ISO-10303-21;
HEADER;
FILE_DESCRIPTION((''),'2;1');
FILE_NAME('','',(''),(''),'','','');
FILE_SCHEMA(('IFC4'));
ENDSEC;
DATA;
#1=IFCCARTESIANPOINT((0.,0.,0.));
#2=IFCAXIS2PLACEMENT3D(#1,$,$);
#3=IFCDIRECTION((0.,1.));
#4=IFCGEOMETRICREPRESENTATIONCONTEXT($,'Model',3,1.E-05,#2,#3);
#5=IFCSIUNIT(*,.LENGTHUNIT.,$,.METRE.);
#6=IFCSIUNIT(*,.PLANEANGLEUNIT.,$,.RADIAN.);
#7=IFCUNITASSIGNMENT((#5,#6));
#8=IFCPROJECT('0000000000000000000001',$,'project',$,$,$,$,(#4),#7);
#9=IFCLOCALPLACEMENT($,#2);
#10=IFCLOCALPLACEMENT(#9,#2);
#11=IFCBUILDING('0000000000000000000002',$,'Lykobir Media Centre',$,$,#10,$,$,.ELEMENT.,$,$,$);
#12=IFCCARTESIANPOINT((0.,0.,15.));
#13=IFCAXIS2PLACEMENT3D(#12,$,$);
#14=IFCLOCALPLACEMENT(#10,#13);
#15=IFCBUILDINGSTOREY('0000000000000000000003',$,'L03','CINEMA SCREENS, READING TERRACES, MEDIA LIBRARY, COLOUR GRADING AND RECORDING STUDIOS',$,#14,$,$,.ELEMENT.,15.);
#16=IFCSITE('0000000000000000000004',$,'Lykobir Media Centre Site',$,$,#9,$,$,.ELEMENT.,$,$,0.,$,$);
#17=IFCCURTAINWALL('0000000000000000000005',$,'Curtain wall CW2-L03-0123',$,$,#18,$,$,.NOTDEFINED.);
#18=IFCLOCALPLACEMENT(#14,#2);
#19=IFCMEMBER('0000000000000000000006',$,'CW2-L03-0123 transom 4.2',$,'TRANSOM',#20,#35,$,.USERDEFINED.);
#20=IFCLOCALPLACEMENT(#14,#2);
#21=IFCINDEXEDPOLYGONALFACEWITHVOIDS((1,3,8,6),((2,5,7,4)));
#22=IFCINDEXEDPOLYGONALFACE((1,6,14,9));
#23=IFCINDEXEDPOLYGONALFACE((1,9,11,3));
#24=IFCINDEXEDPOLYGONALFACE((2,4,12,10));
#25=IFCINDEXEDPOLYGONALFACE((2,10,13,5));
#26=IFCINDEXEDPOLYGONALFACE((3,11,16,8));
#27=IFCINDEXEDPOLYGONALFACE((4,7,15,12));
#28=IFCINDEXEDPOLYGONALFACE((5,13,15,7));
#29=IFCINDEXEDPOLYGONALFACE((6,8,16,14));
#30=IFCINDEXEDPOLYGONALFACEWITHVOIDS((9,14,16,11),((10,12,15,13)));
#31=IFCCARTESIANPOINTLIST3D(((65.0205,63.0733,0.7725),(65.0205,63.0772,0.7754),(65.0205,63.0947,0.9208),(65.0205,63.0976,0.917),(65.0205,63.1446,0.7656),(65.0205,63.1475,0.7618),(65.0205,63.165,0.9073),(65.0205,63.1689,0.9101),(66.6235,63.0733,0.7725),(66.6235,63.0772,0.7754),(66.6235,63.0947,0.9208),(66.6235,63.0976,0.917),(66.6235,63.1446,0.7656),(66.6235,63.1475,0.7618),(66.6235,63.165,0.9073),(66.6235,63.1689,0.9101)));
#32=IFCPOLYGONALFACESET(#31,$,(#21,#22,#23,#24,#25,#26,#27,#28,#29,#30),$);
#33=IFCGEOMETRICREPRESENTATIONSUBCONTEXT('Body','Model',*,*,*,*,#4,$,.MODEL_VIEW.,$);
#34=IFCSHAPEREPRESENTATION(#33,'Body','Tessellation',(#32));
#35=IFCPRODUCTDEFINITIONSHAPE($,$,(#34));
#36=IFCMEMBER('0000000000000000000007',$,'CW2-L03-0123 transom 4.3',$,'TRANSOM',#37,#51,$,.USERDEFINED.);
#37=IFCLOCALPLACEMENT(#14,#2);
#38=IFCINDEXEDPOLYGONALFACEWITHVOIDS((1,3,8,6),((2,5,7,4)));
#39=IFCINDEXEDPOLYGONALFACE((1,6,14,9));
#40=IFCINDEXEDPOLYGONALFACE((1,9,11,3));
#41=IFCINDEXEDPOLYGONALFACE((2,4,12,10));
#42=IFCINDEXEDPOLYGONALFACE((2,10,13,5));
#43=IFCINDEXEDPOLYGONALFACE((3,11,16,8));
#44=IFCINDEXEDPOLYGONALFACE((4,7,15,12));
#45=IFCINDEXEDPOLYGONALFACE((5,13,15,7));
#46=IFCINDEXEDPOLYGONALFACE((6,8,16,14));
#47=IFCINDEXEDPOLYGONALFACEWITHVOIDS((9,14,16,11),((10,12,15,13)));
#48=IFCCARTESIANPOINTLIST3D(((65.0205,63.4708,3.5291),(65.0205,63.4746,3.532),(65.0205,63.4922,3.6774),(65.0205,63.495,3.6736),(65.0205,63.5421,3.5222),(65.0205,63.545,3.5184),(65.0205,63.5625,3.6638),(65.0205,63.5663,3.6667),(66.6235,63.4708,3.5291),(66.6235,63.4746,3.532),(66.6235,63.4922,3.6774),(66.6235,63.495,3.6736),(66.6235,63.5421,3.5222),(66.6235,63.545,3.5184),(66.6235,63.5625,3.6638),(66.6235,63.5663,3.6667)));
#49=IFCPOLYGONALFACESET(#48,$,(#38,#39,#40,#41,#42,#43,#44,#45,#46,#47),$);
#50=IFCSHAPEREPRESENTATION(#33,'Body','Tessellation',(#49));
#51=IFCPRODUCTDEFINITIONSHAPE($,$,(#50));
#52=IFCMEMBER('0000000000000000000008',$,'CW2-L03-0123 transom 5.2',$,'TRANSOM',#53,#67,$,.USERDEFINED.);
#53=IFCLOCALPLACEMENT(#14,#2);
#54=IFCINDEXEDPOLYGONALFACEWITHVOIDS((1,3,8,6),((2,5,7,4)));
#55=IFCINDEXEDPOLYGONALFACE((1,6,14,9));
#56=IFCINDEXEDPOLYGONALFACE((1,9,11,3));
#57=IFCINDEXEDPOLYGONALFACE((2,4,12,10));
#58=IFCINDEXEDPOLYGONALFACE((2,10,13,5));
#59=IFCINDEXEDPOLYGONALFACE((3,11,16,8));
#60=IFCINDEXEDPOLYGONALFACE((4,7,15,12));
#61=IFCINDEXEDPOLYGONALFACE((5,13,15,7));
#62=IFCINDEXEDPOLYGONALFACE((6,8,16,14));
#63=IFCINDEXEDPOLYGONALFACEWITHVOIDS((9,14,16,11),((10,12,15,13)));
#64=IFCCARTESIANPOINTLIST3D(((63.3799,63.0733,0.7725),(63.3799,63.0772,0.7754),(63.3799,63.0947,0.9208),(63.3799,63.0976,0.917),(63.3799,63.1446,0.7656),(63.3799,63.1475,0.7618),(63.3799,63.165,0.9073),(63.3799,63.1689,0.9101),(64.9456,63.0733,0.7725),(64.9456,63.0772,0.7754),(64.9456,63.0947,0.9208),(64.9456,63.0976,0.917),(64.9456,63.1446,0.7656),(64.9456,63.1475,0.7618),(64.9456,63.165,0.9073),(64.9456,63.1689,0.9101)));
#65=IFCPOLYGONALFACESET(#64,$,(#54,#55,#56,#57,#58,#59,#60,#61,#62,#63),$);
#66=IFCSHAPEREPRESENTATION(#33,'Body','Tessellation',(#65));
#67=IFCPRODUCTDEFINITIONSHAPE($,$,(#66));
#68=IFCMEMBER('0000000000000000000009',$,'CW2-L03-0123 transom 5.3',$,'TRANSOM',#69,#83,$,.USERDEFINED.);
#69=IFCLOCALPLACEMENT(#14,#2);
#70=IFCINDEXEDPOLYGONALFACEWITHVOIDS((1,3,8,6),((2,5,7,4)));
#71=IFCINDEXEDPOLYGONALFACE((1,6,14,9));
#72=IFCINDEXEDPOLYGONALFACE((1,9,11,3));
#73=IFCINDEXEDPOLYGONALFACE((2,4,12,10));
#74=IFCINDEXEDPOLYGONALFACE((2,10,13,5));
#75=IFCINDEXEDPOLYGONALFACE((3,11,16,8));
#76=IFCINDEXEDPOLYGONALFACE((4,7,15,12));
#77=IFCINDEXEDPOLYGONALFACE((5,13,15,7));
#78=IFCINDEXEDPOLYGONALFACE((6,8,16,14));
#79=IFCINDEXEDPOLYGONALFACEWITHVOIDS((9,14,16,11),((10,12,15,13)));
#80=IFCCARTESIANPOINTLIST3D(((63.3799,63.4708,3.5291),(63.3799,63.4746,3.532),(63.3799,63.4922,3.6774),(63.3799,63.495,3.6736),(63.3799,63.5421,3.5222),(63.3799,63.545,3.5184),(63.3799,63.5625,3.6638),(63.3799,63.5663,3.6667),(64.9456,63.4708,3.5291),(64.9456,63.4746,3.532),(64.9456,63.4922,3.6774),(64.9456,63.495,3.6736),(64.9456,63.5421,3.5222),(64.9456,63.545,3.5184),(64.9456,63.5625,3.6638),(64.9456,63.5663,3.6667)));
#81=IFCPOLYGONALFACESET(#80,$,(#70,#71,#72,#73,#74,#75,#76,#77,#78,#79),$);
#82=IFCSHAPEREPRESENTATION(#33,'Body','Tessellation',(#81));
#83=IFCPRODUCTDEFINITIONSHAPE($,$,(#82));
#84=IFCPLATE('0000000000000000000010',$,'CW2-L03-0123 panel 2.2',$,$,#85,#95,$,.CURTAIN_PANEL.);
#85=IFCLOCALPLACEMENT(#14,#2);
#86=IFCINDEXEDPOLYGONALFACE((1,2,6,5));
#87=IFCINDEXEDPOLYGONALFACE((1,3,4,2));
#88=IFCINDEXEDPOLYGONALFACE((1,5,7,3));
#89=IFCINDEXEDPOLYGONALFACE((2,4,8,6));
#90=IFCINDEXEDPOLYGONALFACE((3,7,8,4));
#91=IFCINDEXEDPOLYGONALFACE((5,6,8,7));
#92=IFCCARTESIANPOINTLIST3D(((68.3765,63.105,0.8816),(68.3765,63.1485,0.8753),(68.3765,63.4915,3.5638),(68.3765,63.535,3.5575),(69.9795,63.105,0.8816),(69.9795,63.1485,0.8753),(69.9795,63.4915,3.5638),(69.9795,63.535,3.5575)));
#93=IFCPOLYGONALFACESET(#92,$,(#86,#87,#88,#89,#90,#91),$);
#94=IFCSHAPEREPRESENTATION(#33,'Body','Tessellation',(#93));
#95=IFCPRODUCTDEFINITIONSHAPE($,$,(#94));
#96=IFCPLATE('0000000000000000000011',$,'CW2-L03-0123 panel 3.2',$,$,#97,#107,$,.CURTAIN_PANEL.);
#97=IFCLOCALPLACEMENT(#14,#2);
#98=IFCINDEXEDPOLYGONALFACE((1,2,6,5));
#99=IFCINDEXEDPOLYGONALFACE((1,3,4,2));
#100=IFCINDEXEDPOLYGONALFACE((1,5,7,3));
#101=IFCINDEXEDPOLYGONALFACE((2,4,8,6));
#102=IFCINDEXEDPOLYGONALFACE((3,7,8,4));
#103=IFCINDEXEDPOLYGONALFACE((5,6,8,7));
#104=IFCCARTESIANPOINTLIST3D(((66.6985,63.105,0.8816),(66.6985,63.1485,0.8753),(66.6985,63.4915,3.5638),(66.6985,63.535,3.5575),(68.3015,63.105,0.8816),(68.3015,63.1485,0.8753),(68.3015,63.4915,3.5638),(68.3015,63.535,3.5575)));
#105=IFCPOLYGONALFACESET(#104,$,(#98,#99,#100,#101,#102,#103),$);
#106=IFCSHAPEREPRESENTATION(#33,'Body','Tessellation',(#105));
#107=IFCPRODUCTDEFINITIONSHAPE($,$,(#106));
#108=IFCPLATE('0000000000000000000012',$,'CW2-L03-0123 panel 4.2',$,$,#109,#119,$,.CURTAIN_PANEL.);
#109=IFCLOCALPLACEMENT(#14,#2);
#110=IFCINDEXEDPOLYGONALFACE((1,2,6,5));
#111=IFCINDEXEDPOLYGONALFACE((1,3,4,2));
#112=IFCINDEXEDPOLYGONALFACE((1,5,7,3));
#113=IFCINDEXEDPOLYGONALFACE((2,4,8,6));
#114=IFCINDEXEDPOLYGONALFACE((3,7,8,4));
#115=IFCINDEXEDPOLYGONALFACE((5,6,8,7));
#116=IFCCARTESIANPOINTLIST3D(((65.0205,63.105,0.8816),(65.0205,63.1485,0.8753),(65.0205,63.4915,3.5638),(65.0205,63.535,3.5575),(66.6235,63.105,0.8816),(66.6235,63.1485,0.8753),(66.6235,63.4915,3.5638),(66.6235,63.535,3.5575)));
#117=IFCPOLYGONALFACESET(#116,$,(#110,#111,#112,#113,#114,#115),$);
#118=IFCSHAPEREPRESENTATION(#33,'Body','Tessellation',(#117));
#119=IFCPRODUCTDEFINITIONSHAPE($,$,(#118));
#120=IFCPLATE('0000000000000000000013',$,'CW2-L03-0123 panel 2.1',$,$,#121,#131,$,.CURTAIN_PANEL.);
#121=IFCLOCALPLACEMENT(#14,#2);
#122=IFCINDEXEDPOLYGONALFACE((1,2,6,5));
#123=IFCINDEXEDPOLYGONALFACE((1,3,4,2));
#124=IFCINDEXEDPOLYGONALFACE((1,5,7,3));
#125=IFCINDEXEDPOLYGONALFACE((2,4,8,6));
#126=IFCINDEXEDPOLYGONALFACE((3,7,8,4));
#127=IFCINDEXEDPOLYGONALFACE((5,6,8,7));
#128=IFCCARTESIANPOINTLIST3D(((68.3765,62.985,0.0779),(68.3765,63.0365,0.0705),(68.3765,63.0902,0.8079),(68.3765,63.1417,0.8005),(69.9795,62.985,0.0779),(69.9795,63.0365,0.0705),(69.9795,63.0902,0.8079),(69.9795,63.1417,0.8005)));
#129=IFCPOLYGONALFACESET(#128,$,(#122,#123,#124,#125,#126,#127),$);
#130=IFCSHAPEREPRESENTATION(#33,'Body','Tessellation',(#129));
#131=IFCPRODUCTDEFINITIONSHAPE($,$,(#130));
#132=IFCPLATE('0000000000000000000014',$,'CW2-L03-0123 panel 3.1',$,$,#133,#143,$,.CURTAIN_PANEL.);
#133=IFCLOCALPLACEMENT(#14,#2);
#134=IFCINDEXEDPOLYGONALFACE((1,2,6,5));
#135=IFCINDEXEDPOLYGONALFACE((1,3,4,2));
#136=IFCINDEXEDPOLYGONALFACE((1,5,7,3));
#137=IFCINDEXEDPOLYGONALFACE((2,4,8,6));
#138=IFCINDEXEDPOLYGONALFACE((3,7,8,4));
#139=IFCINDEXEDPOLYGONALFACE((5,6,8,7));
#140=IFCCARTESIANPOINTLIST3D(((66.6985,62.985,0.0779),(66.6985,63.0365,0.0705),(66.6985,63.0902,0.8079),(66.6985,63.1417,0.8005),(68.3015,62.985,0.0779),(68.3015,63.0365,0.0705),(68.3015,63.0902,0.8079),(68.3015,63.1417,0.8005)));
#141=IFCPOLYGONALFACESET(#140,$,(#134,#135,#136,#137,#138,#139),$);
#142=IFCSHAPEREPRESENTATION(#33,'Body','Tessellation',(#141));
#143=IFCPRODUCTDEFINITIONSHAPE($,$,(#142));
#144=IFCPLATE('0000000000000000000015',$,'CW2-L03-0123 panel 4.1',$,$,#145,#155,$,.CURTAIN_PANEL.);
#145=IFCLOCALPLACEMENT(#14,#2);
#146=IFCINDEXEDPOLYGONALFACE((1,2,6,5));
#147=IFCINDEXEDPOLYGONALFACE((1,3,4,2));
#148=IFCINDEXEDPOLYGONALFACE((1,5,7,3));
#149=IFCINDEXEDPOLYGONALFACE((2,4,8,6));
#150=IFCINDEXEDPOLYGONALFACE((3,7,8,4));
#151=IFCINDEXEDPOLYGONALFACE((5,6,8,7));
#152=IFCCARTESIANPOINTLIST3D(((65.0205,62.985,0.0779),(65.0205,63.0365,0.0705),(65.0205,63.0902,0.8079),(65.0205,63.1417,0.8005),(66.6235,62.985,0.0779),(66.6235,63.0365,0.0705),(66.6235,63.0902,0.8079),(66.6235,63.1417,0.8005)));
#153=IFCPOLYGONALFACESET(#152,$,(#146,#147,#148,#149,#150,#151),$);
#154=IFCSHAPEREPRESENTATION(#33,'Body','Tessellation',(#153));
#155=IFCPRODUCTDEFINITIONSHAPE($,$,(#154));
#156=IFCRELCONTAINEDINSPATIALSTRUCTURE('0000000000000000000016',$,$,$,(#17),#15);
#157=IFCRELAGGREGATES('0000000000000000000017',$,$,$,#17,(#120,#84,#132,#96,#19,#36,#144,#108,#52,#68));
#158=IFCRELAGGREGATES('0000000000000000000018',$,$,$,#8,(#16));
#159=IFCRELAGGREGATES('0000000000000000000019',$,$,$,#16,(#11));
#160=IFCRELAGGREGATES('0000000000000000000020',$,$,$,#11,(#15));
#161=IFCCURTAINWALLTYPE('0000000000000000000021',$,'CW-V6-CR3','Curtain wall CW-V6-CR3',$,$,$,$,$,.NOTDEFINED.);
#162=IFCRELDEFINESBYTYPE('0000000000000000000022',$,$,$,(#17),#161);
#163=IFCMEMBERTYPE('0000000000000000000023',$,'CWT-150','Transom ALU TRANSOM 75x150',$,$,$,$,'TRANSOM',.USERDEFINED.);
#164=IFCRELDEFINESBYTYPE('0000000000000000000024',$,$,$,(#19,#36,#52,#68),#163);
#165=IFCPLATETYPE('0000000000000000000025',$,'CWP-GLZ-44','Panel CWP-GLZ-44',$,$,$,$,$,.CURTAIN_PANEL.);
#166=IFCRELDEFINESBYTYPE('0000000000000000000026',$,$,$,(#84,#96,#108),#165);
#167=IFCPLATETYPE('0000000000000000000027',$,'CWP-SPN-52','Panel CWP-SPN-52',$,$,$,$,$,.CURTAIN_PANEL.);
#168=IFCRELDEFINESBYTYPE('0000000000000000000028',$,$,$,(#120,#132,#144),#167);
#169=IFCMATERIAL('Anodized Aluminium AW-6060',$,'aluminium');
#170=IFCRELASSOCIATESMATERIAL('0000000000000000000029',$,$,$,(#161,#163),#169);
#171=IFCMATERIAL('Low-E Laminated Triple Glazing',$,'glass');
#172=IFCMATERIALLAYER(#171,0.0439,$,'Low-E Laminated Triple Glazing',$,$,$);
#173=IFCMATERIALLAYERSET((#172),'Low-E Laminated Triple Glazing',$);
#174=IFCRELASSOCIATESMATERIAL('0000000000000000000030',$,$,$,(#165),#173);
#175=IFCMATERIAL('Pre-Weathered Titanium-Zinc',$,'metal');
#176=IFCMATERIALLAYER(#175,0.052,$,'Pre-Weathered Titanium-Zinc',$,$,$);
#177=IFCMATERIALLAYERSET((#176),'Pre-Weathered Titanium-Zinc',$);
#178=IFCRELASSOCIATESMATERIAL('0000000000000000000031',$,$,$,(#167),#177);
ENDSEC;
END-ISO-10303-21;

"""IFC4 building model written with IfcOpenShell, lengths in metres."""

from ifc_helpers import new_model, si_unit, direction, frame, origin, origin_2d, place, context, subcontext, project, spatial, rectangle, hollow_rectangle, extrude, material, layer, layer_set, material_profile, profile_set, type_object, element, aggregate, save


model = new_model("IFC4")

# Units and contexts
model_context = context("Model", 3, precision=1e-05, world=origin(), true_north=direction((0.0, 1.0)))
body_context = subcontext(model_context, "Body", "Model", "MODEL_VIEW")
ifc_project = project(units=[si_unit("LENGTHUNIT", "METRE"), si_unit("PLANEANGLEUNIT", "RADIAN")], contexts=[model_context])

# Site, building, storey
site_placement = place(None, origin())
site = spatial("IfcSite", under=ifc_project, at=site_placement, Name="Lykobir Media Centre Site", CompositionType="ELEMENT", RefElevation=0.0)
building_placement = place(site_placement, origin())
building = spatial("IfcBuilding", under=site, at=building_placement, Name="Lykobir Media Centre", CompositionType="ELEMENT")
storey_placement = place(building_placement, frame((0.0, 0.0, 15.0)))
storey = spatial("IfcBuildingStorey", under=building, at=storey_placement, Name="L03", Description="CINEMA SCREENS, READING TERRACES, MEDIA LIBRARY, COLOUR GRADING AND RECORDING STUDIOS", CompositionType="ELEMENT", Elevation=15.0)

# Curtain wall, members, plates
ifc_material_1 = material(Name="Anodized Aluminium AW-6060", Category="aluminium")
curtain_wall_type = type_object("IfcCurtainWallType", Name="CW-V6-CR3", Description="Curtain wall CW-V6-CR3", PredefinedType="NOTDEFINED", material=ifc_material_1)
curtain_wall_placement = place(storey_placement, origin())
curtain_wall = element("IfcCurtainWall", 1, at=curtain_wall_placement, inside=storey, type_object=curtain_wall_type, Name="Curtain wall CW2-L03-0123", PredefinedType="NOTDEFINED")
ifc_material_profile_1 = material_profile(ifc_material_1, hollow_rectangle(XDim=0.075, YDim=0.1499, WallThickness=0.0034, at=origin_2d()), Name="ALU TRANSOM 75x150")
ifc_profile_set_1 = profile_set([ifc_material_profile_1], Name="Anodized Aluminium AW-6060")
member_type_1 = type_object("IfcMemberType", Name="CWT-150", Description="Transom ALU TRANSOM 75x150", ElementType="TRANSOM", PredefinedType="USERDEFINED", material=ifc_profile_set_1)
member_1_placement = place(storey_placement, frame((66.6235, 63.1211, 0.8413), z_axis=(-1.0, 0.0, 0.0), x_axis=(0.0, -0.989776, 0.142629)))
member_1 = element("IfcMember", 2, at=member_1_placement, type_object=member_type_1, Name="CW2-L03-0123 transom 4.2", ObjectType="TRANSOM", PredefinedType="USERDEFINED", context=body_context, shape_type="SweptSolid", body=[
    extrude(hollow_rectangle(XDim=0.075, YDim=0.1499, WallThickness=0.0034, at=origin_2d()), origin(), (0.0, 0.0, 1.0), 1.603),
])
member_2_placement = place(storey_placement, frame((66.6235, 63.5186, 3.5979), z_axis=(-1.0, 0.0, 0.0), x_axis=(0.0, -0.989776, 0.142629)))
member_2 = element("IfcMember", 3, at=member_2_placement, type_object=member_type_1, Name="CW2-L03-0123 transom 4.3", ObjectType="TRANSOM", PredefinedType="USERDEFINED", context=body_context, shape_type="SweptSolid", body=[
    extrude(hollow_rectangle(XDim=0.075, YDim=0.1499, WallThickness=0.0034, at=origin_2d()), origin(), (0.0, 0.0, 1.0), 1.603),
])
member_3_placement = place(storey_placement, frame((64.9456, 63.1211, 0.8413), z_axis=(-1.0, 0.0, 0.0), x_axis=(0.0, -0.989776, 0.142629)))
member_3 = element("IfcMember", 4, at=member_3_placement, type_object=member_type_1, Name="CW2-L03-0123 transom 5.2", ObjectType="TRANSOM", PredefinedType="USERDEFINED", context=body_context, shape_type="SweptSolid", body=[
    extrude(hollow_rectangle(XDim=0.075, YDim=0.1499, WallThickness=0.0034, at=origin_2d()), origin(), (0.0, 0.0, 1.0), 1.5657),
])
member_4_placement = place(storey_placement, frame((64.9456, 63.5186, 3.5979), z_axis=(-1.0, 0.0, 0.0), x_axis=(0.0, -0.989776, 0.142629)))
member_4 = element("IfcMember", 5, at=member_4_placement, type_object=member_type_1, Name="CW2-L03-0123 transom 5.3", ObjectType="TRANSOM", PredefinedType="USERDEFINED", context=body_context, shape_type="SweptSolid", body=[
    extrude(hollow_rectangle(XDim=0.075, YDim=0.1499, WallThickness=0.0034, at=origin_2d()), origin(), (0.0, 0.0, 1.0), 1.5657),
])
ifc_material_2 = material(Name="Low-E Laminated Triple Glazing", Category="glass")
ifc_layer_1 = layer(ifc_material_2, 0.0439, Name="Low-E Laminated Triple Glazing")
ifc_layer_set_1 = layer_set([ifc_layer_1], Name="Low-E Laminated Triple Glazing")
plate_type_1 = type_object("IfcPlateType", Name="CWP-GLZ-44", Description="Panel CWP-GLZ-44", PredefinedType="CURTAIN_PANEL", material=ifc_layer_set_1)
plate_1_placement = place(storey_placement, frame((69.178, 63.1267, 0.8784), z_axis=(0.0, 0.142629, 0.989776), x_axis=(-1.0, 0.0, 0.0)))
plate_1 = element("IfcPlate", 6, at=plate_1_placement, type_object=plate_type_1, Name="CW2-L03-0123 panel 2.2", PredefinedType="CURTAIN_PANEL", context=body_context, shape_type="SweptSolid", body=[
    extrude(rectangle(XDim=1.603, YDim=0.0439, at=origin_2d()), origin(), (0.0, 0.0, 1.0), 2.71),
])
plate_2_placement = place(storey_placement, frame((67.5, 63.1267, 0.8784), z_axis=(0.0, 0.142629, 0.989776), x_axis=(-1.0, 0.0, 0.0)))
plate_2 = element("IfcPlate", 7, at=plate_2_placement, type_object=plate_type_1, Name="CW2-L03-0123 panel 3.2", PredefinedType="CURTAIN_PANEL", context=body_context, shape_type="SweptSolid", body=[
    extrude(rectangle(XDim=1.603, YDim=0.0439, at=origin_2d()), origin(), (0.0, 0.0, 1.0), 2.71),
])
plate_3_placement = place(storey_placement, frame((65.822, 63.1267, 0.8784), z_axis=(0.0, 0.142629, 0.989776), x_axis=(-1.0, 0.0, 0.0)))
plate_3 = element("IfcPlate", 8, at=plate_3_placement, type_object=plate_type_1, Name="CW2-L03-0123 panel 4.2", PredefinedType="CURTAIN_PANEL", context=body_context, shape_type="SweptSolid", body=[
    extrude(rectangle(XDim=1.603, YDim=0.0439, at=origin_2d()), origin(), (0.0, 0.0, 1.0), 2.71),
])
ifc_material_3 = material(Name="Pre-Weathered Titanium-Zinc", Category="metal")
ifc_layer_2 = layer(ifc_material_3, 0.052, Name="Pre-Weathered Titanium-Zinc")
ifc_layer_set_2 = layer_set([ifc_layer_2], Name="Pre-Weathered Titanium-Zinc")
plate_type_2 = type_object("IfcPlateType", Name="CWP-SPN-52", Description="Panel CWP-SPN-52", PredefinedType="CURTAIN_PANEL", material=ifc_layer_set_2)
plate_4_placement = place(storey_placement, frame((69.178, 63.0107, 0.0742), z_axis=(0.0, 0.142629, 0.989776), x_axis=(-1.0, 0.0, 0.0)))
plate_4 = element("IfcPlate", 9, at=plate_4_placement, type_object=plate_type_2, Name="CW2-L03-0123 panel 2.1", PredefinedType="CURTAIN_PANEL", context=body_context, shape_type="SweptSolid", body=[
    extrude(rectangle(XDim=1.603, YDim=0.052, at=origin_2d()), origin(), (0.0, 0.0, 1.0), 0.7375),
])
plate_5_placement = place(storey_placement, frame((67.5, 63.0107, 0.0742), z_axis=(0.0, 0.142629, 0.989776), x_axis=(-1.0, 0.0, 0.0)))
plate_5 = element("IfcPlate", 10, at=plate_5_placement, type_object=plate_type_2, Name="CW2-L03-0123 panel 3.1", PredefinedType="CURTAIN_PANEL", context=body_context, shape_type="SweptSolid", body=[
    extrude(rectangle(XDim=1.603, YDim=0.052, at=origin_2d()), origin(), (0.0, 0.0, 1.0), 0.7375),
])
plate_6_placement = place(storey_placement, frame((65.822, 63.0107, 0.0742), z_axis=(0.0, 0.142629, 0.989776), x_axis=(-1.0, 0.0, 0.0)))
plate_6 = element("IfcPlate", 11, at=plate_6_placement, type_object=plate_type_2, Name="CW2-L03-0123 panel 4.1", PredefinedType="CURTAIN_PANEL", context=body_context, shape_type="SweptSolid", body=[
    extrude(rectangle(XDim=1.603, YDim=0.052, at=origin_2d()), origin(), (0.0, 0.0, 1.0), 0.7375),
])
aggregate(curtain_wall, [plate_4, plate_1, plate_5, plate_2, member_1, member_2, plate_6, plate_3, member_3, member_4])

save(model, "model.ifc")
